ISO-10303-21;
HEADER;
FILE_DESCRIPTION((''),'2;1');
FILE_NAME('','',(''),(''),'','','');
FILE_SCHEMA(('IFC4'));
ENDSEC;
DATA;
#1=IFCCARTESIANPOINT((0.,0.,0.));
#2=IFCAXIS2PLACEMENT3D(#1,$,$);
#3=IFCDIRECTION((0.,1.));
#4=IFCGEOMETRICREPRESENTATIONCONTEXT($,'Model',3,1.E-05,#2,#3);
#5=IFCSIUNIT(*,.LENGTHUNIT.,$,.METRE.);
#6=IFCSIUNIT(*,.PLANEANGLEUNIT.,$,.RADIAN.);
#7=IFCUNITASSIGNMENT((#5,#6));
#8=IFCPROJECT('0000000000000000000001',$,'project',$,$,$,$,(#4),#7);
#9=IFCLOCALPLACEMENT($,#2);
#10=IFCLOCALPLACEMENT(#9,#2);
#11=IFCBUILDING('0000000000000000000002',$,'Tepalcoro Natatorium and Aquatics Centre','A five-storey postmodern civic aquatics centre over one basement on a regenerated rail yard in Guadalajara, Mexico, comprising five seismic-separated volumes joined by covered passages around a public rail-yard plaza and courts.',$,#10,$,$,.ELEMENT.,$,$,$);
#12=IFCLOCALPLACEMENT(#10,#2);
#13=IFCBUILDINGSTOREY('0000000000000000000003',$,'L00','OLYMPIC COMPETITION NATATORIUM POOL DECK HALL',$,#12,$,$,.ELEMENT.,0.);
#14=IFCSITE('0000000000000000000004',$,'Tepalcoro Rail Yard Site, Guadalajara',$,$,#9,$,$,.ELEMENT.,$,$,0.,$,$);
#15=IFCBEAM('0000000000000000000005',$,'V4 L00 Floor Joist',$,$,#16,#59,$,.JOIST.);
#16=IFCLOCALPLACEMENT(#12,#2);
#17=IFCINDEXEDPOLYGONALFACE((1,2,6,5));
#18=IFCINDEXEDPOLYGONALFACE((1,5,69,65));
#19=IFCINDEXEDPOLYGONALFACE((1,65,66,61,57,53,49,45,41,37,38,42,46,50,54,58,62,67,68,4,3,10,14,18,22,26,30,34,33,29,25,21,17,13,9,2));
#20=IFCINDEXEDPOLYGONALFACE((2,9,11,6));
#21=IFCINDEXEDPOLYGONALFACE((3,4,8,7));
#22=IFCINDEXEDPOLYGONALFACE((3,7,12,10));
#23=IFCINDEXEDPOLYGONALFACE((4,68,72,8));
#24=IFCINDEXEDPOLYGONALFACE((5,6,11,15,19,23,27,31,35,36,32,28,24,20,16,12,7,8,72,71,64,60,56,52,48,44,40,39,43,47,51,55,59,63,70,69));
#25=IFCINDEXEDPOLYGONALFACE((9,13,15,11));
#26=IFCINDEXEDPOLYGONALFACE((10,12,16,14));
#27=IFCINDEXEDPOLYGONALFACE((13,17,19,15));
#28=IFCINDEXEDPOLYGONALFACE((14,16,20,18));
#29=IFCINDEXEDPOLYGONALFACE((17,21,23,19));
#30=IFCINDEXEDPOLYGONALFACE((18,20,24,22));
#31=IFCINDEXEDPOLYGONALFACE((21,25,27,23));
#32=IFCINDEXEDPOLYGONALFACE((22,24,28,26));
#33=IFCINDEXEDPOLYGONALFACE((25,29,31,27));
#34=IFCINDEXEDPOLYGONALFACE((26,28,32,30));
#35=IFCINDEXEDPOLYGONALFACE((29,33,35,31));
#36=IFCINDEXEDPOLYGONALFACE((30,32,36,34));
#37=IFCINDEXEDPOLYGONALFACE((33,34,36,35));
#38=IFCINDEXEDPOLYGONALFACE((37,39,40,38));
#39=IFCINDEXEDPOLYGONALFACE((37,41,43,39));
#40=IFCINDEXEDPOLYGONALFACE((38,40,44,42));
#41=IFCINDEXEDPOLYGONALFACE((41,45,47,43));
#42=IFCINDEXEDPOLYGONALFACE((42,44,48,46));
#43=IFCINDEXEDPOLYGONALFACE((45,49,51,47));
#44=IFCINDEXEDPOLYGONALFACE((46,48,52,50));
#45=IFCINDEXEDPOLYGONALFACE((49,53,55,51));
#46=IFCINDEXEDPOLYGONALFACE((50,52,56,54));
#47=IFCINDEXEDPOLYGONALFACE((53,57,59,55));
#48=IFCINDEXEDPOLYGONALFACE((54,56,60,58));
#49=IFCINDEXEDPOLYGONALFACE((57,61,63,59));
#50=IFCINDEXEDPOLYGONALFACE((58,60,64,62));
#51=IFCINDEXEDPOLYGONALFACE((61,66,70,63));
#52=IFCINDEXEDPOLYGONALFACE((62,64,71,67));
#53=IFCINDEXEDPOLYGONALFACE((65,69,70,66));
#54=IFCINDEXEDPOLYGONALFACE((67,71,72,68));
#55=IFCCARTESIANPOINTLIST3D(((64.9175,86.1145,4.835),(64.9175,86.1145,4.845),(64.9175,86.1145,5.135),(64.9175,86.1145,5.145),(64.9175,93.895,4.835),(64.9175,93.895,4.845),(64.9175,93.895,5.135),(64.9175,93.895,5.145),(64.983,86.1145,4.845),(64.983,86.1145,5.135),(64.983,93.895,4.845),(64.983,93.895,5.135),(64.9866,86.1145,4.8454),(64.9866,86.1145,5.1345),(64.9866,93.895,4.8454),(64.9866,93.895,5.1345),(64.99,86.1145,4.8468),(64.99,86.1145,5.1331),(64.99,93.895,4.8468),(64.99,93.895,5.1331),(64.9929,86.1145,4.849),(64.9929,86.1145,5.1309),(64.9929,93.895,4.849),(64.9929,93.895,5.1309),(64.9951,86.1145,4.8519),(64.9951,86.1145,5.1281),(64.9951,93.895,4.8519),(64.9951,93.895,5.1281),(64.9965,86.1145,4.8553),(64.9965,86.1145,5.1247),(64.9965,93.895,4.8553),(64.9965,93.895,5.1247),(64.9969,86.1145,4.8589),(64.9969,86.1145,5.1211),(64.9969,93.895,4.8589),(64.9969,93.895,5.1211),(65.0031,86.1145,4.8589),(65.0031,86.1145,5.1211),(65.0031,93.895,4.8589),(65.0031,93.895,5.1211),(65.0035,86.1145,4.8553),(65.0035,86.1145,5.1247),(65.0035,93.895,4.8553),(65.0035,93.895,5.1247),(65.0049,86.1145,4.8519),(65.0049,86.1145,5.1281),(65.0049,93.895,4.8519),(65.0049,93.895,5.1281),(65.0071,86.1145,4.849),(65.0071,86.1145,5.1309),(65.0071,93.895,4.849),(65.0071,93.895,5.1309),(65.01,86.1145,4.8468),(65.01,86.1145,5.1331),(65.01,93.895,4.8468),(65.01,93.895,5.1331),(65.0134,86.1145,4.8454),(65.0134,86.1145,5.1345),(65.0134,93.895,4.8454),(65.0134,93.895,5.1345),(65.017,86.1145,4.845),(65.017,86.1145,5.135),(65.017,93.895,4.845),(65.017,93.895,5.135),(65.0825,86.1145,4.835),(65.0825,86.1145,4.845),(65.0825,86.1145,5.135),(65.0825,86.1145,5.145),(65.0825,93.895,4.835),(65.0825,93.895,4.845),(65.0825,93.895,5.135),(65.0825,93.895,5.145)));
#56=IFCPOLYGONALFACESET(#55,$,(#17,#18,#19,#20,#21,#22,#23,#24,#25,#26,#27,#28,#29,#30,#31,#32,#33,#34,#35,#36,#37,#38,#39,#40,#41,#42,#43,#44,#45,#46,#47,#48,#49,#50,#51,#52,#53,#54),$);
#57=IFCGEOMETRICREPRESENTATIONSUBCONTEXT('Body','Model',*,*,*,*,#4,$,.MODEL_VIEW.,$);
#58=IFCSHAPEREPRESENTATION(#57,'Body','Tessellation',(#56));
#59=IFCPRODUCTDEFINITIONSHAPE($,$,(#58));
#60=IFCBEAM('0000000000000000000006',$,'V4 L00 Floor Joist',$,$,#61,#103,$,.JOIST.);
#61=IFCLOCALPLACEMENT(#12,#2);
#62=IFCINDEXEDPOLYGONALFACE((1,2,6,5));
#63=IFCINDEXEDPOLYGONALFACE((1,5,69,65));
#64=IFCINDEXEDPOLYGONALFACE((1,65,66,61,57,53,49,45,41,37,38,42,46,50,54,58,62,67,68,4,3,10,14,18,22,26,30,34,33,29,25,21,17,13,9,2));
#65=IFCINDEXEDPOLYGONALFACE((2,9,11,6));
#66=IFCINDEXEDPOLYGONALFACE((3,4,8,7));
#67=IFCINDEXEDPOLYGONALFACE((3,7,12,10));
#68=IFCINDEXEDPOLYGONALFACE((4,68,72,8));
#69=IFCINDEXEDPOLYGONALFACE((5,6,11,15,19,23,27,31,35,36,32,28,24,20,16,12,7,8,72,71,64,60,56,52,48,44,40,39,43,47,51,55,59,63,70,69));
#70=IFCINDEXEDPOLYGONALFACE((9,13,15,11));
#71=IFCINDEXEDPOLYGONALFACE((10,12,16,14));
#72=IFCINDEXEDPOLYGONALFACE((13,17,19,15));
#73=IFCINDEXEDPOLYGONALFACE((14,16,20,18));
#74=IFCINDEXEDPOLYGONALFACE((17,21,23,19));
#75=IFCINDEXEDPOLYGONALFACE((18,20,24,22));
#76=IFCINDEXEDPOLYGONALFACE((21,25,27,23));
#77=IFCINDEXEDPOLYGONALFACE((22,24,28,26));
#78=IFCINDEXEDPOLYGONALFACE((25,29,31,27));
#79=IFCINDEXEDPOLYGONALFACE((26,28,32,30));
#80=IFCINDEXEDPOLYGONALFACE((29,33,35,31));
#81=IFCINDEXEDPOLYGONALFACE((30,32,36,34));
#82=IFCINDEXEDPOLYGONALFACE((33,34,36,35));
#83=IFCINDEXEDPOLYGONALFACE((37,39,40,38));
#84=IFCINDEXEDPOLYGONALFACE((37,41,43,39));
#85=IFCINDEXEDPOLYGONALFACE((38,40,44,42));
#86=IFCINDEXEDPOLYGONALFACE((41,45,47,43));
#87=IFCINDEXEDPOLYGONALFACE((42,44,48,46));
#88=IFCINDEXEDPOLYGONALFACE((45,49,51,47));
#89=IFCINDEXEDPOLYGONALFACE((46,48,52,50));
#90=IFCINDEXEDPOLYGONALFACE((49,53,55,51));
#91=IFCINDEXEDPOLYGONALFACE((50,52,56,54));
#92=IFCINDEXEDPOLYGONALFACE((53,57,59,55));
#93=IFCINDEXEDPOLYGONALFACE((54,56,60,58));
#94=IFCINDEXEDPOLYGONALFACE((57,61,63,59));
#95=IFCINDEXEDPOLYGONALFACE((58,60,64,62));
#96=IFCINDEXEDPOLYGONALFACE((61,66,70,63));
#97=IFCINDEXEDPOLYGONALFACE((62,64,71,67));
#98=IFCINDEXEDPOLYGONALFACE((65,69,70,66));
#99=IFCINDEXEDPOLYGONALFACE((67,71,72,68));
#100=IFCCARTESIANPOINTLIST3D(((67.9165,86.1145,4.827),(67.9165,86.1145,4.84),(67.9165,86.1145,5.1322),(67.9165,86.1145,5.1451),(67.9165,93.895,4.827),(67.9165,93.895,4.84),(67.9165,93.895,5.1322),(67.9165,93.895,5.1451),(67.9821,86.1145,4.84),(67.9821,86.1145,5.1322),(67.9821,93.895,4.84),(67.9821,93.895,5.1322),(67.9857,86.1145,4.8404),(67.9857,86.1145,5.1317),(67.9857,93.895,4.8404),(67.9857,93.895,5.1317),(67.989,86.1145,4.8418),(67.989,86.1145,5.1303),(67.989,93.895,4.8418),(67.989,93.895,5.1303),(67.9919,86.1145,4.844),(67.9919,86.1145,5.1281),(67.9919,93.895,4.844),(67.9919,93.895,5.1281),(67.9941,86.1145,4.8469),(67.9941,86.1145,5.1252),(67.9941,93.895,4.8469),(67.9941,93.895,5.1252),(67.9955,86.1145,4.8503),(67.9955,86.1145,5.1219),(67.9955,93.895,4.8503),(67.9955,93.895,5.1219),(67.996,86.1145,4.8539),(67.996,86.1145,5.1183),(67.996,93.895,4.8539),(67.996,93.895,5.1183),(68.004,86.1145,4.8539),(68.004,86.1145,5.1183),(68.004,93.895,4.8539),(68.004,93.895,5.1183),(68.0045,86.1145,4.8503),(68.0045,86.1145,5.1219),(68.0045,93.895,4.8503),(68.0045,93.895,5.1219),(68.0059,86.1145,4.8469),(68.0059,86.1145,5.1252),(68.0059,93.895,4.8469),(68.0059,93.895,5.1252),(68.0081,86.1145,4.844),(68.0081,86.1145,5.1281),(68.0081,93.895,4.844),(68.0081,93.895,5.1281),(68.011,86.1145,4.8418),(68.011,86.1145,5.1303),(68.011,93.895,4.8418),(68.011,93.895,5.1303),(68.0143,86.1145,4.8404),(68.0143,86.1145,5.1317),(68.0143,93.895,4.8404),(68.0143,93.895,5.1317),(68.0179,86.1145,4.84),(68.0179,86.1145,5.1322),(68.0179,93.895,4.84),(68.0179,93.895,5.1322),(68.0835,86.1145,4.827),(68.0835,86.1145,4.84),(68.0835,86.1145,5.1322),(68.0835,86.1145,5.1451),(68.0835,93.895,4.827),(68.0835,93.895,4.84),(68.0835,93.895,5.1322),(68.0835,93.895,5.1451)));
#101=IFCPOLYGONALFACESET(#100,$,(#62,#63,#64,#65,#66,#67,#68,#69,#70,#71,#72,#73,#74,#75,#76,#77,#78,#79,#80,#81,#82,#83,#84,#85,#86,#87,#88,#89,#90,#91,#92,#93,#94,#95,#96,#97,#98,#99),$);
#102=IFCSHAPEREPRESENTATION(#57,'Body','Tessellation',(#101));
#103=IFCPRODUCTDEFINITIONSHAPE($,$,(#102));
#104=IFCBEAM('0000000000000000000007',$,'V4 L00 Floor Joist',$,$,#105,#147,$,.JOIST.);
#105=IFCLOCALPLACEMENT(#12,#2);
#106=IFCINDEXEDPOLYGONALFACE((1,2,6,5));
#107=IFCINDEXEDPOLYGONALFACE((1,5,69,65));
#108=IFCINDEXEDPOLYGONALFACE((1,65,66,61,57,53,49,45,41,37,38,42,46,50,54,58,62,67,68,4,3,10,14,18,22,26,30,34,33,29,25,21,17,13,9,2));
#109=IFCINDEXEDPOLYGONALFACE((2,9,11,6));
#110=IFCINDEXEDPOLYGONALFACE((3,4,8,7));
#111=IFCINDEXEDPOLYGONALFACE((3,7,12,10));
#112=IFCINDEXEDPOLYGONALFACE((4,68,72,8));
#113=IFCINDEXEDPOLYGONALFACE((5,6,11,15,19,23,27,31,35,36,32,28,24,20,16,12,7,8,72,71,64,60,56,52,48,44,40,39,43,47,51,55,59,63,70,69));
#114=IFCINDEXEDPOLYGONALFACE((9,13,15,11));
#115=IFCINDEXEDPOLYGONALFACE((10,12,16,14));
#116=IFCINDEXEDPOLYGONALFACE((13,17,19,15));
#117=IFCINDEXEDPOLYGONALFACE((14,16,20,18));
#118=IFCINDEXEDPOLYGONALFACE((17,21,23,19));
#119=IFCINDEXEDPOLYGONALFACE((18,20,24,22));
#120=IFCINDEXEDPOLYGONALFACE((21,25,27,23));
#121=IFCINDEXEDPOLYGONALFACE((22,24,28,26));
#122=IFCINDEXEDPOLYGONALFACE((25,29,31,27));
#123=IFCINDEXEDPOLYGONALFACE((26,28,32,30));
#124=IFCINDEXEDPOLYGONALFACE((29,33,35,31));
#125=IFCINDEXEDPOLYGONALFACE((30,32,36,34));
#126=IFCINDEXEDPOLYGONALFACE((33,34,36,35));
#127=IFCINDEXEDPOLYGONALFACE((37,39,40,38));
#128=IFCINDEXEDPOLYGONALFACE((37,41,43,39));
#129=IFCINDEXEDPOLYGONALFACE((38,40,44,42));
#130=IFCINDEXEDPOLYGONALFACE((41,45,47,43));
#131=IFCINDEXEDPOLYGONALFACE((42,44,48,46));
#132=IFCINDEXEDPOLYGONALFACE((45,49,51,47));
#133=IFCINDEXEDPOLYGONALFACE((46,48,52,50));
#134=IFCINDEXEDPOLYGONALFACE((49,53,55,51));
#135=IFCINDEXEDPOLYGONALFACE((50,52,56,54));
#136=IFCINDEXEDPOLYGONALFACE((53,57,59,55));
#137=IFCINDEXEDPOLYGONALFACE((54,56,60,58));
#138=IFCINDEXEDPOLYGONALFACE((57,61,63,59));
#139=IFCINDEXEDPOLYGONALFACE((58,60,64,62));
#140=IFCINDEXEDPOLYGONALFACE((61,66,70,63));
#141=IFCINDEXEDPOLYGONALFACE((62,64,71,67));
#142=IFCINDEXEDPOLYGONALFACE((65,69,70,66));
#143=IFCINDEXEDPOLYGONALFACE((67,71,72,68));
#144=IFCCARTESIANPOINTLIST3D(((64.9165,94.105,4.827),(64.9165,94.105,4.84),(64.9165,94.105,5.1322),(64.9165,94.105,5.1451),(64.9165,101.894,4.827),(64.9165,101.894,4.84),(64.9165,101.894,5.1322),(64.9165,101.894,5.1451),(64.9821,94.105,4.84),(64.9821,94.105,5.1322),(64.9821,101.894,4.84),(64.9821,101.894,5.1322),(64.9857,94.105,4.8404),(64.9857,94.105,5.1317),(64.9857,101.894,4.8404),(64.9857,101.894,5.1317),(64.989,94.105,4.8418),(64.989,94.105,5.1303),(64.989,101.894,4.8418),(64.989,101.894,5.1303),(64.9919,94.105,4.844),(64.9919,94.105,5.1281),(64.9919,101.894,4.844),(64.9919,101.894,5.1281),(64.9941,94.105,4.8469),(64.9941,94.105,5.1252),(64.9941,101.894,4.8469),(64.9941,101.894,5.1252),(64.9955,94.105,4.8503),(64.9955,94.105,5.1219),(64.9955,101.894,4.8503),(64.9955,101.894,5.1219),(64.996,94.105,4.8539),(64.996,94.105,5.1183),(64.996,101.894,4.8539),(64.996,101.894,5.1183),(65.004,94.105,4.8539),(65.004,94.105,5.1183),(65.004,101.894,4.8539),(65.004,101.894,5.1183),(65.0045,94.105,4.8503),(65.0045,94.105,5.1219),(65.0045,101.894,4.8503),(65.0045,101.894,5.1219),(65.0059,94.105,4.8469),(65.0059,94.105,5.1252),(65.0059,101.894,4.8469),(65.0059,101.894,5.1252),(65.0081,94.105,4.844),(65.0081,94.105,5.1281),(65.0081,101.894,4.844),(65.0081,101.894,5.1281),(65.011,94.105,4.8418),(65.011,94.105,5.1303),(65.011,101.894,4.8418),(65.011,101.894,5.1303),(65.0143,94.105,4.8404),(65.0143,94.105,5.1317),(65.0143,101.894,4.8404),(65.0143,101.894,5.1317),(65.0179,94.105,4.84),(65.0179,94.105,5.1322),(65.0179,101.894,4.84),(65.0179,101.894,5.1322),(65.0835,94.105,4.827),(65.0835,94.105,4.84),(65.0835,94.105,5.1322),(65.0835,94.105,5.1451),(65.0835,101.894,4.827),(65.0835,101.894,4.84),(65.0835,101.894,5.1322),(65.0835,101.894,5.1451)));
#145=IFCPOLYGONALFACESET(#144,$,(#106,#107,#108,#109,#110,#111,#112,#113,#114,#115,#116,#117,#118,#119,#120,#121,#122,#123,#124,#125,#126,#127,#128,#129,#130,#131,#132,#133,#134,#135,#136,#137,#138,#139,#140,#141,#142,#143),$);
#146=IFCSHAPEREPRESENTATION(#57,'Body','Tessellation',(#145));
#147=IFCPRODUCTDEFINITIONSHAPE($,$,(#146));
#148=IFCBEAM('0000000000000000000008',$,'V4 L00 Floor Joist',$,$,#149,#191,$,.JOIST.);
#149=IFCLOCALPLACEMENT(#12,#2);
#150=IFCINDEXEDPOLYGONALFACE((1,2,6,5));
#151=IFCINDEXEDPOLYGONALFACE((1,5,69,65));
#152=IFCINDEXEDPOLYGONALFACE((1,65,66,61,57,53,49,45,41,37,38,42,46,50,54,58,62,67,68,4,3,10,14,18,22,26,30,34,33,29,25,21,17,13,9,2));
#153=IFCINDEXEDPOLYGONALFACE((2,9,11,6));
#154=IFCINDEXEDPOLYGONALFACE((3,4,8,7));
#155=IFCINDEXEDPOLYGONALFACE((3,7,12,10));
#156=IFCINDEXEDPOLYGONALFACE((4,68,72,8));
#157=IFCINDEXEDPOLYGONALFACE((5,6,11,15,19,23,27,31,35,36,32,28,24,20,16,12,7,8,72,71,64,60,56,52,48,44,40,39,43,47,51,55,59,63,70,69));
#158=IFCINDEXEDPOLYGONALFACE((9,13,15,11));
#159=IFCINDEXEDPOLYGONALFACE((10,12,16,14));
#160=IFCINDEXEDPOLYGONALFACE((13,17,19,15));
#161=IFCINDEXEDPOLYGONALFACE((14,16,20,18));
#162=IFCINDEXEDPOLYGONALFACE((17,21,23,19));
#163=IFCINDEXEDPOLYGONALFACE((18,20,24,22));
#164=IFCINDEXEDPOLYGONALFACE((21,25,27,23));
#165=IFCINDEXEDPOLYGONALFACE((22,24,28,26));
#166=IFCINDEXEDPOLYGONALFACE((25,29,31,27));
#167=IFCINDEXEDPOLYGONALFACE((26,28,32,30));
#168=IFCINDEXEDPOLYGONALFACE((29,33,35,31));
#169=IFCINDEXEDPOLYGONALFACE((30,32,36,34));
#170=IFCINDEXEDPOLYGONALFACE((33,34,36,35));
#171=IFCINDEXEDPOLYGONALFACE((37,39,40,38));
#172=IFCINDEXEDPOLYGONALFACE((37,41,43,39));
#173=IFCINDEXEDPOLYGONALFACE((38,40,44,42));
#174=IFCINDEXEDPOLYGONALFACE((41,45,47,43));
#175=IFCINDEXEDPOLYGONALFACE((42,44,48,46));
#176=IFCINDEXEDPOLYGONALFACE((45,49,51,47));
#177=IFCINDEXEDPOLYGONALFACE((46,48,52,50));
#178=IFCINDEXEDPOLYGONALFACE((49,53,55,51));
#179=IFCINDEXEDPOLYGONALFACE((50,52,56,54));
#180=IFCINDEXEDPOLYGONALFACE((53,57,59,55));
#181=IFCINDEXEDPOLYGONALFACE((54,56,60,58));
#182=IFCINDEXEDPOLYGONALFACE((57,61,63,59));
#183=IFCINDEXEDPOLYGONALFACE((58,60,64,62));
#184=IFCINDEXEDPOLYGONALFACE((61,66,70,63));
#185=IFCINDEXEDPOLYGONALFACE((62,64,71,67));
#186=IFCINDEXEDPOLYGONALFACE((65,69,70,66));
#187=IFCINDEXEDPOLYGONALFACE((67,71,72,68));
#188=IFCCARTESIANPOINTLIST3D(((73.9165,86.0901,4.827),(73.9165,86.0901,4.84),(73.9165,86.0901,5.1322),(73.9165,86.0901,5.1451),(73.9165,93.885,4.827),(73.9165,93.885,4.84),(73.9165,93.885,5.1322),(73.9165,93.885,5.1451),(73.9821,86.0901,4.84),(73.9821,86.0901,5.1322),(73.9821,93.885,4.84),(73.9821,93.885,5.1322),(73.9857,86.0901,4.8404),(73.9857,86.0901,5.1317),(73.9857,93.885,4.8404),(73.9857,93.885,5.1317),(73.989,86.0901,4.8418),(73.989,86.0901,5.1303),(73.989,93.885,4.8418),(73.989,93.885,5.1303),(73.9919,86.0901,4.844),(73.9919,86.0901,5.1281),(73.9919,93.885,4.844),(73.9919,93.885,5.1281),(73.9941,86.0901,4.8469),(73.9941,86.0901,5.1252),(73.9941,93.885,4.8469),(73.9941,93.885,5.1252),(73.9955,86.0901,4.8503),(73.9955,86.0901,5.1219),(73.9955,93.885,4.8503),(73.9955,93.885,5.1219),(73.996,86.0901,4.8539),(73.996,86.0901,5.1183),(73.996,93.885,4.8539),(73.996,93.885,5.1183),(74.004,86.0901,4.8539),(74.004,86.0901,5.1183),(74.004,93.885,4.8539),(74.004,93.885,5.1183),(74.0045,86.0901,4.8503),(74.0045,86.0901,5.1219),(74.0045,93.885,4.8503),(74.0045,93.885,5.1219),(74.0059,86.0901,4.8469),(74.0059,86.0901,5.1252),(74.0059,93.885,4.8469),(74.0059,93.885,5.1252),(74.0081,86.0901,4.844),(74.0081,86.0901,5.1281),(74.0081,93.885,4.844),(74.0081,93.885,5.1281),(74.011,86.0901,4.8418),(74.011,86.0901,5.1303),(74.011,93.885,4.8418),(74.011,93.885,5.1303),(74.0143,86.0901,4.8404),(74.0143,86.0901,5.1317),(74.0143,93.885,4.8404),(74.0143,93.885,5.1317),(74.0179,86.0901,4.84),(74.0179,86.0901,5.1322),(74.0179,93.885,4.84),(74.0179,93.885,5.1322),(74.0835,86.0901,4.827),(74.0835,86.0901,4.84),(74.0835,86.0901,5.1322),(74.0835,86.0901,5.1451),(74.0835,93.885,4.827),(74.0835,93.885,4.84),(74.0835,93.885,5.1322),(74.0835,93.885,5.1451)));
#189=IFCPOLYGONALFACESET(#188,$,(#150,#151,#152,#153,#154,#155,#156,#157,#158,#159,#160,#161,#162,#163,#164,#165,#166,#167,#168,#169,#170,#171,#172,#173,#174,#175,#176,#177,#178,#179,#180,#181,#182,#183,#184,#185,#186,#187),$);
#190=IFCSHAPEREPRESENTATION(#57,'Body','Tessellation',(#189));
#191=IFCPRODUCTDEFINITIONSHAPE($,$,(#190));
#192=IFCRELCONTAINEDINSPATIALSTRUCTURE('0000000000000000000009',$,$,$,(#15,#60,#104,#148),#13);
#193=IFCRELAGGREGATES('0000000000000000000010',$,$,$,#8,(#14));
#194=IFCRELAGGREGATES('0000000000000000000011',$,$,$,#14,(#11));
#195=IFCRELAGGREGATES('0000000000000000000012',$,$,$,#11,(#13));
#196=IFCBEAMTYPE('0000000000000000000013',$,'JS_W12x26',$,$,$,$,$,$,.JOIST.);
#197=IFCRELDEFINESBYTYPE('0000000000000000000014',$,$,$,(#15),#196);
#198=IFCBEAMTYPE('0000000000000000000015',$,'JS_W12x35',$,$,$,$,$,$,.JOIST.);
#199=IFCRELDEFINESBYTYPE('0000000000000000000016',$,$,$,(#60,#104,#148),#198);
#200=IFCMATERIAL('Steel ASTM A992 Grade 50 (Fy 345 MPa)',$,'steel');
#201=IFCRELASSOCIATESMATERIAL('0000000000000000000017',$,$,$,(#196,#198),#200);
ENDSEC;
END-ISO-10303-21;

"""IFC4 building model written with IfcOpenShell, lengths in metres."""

from ifc_helpers import new_model, si_unit, direction, frame, origin, origin_2d, place, context, subcontext, project, spatial, i_section, extrude, material, material_profile, profile_set, type_object, element, save


model = new_model("IFC4")

# Units and contexts
model_context = context("Model", 3, precision=1e-05, world=origin(), true_north=direction((0.0, 1.0)))
body_context = subcontext(model_context, "Body", "Model", "MODEL_VIEW")
ifc_project = project(units=[si_unit("LENGTHUNIT", "METRE"), si_unit("PLANEANGLEUNIT", "RADIAN")], contexts=[model_context])

# Site, building, storey
site_placement = place(None, origin())
site = spatial("IfcSite", under=ifc_project, at=site_placement, Name="Tepalcoro Rail Yard Site, Guadalajara", CompositionType="ELEMENT", RefElevation=0.0)
building_placement = place(site_placement, origin())
building = spatial("IfcBuilding", under=site, at=building_placement, Name="Tepalcoro Natatorium and Aquatics Centre", Description="A five-storey postmodern civic aquatics centre over one basement on a regenerated rail yard in Guadalajara, Mexico, comprising five seismic-separated volumes joined by covered passages around a public rail-yard plaza and courts.", CompositionType="ELEMENT")
storey_placement = place(building_placement, origin())
storey = spatial("IfcBuildingStorey", under=building, at=storey_placement, Name="L00", Description="OLYMPIC COMPETITION NATATORIUM POOL DECK HALL", CompositionType="ELEMENT", Elevation=0.0)

# Shared definitions
ifc_material_1 = material(Name="Steel ASTM A992 Grade 50 (Fy 345 MPa)", Category="steel")

# Beams
ifc_material_profile_1 = material_profile(ifc_material_1, i_section(OverallWidth=0.165, OverallDepth=0.3101, WebThickness=0.0061, FlangeThickness=0.01, FilletRadius=0.0139, at=origin_2d()), Name="W12X26")
ifc_profile_set_1 = profile_set([ifc_material_profile_1], Name="Steel ASTM A992 Grade 50 (Fy 345 MPa)")
beam_type_1 = type_object("IfcBeamType", Name="JS_W12x26", PredefinedType="JOIST", material=ifc_profile_set_1)
beam_1_placement = place(storey_placement, frame((65.0, 86.1145, 4.99), z_axis=(0.0, 1.0, 0.0), x_axis=(-1.0, 0.0, 0.0)))
element("IfcBeam", 1, at=beam_1_placement, inside=storey, type_object=beam_type_1, Name="V4 L00 Floor Joist", PredefinedType="JOIST", context=body_context, shape_type="SweptSolid", body=[
    extrude(i_section(OverallWidth=0.165, OverallDepth=0.3101, WebThickness=0.0061, FlangeThickness=0.01, FilletRadius=0.0139, at=origin_2d()), origin(), (0.0, 0.0, 1.0), 7.7805),
])
ifc_material_profile_2 = material_profile(ifc_material_1, i_section(OverallWidth=0.167, OverallDepth=0.3181, WebThickness=0.0081, FlangeThickness=0.0129, FilletRadius=0.0139, at=origin_2d()), Name="W12X35")
ifc_profile_set_2 = profile_set([ifc_material_profile_2], Name="Steel ASTM A992 Grade 50 (Fy 345 MPa)")
beam_type_2 = type_object("IfcBeamType", Name="JS_W12x35", PredefinedType="JOIST", material=ifc_profile_set_2)
beam_2_placement = place(storey_placement, frame((68.0, 86.1145, 4.9861), z_axis=(0.0, 1.0, 0.0), x_axis=(-1.0, 0.0, 0.0)))
element("IfcBeam", 2, at=beam_2_placement, inside=storey, type_object=beam_type_2, Name="V4 L00 Floor Joist", PredefinedType="JOIST", context=body_context, shape_type="SweptSolid", body=[
    extrude(i_section(OverallWidth=0.167, OverallDepth=0.3181, WebThickness=0.0081, FlangeThickness=0.0129, FilletRadius=0.0139, at=origin_2d()), origin(), (0.0, 0.0, 1.0), 7.7805),
])
beam_3_placement = place(storey_placement, frame((65.0, 94.105, 4.9861), z_axis=(0.0, 1.0, 0.0), x_axis=(-1.0, 0.0, 0.0)))
element("IfcBeam", 3, at=beam_3_placement, inside=storey, type_object=beam_type_2, Name="V4 L00 Floor Joist", PredefinedType="JOIST", context=body_context, shape_type="SweptSolid", body=[
    extrude(i_section(OverallWidth=0.167, OverallDepth=0.3181, WebThickness=0.0081, FlangeThickness=0.0129, FilletRadius=0.0139, at=origin_2d()), origin(), (0.0, 0.0, 1.0), 7.7891),
])
beam_4_placement = place(storey_placement, frame((74.0, 86.0901, 4.9861), z_axis=(0.0, 1.0, 0.0), x_axis=(-1.0, 0.0, 0.0)))
element("IfcBeam", 4, at=beam_4_placement, inside=storey, type_object=beam_type_2, Name="V4 L00 Floor Joist", PredefinedType="JOIST", context=body_context, shape_type="SweptSolid", body=[
    extrude(i_section(OverallWidth=0.167, OverallDepth=0.3181, WebThickness=0.0081, FlangeThickness=0.0129, FilletRadius=0.0139, at=origin_2d()), origin(), (0.0, 0.0, 1.0), 7.7949),
])

save(model, "model.ifc")
